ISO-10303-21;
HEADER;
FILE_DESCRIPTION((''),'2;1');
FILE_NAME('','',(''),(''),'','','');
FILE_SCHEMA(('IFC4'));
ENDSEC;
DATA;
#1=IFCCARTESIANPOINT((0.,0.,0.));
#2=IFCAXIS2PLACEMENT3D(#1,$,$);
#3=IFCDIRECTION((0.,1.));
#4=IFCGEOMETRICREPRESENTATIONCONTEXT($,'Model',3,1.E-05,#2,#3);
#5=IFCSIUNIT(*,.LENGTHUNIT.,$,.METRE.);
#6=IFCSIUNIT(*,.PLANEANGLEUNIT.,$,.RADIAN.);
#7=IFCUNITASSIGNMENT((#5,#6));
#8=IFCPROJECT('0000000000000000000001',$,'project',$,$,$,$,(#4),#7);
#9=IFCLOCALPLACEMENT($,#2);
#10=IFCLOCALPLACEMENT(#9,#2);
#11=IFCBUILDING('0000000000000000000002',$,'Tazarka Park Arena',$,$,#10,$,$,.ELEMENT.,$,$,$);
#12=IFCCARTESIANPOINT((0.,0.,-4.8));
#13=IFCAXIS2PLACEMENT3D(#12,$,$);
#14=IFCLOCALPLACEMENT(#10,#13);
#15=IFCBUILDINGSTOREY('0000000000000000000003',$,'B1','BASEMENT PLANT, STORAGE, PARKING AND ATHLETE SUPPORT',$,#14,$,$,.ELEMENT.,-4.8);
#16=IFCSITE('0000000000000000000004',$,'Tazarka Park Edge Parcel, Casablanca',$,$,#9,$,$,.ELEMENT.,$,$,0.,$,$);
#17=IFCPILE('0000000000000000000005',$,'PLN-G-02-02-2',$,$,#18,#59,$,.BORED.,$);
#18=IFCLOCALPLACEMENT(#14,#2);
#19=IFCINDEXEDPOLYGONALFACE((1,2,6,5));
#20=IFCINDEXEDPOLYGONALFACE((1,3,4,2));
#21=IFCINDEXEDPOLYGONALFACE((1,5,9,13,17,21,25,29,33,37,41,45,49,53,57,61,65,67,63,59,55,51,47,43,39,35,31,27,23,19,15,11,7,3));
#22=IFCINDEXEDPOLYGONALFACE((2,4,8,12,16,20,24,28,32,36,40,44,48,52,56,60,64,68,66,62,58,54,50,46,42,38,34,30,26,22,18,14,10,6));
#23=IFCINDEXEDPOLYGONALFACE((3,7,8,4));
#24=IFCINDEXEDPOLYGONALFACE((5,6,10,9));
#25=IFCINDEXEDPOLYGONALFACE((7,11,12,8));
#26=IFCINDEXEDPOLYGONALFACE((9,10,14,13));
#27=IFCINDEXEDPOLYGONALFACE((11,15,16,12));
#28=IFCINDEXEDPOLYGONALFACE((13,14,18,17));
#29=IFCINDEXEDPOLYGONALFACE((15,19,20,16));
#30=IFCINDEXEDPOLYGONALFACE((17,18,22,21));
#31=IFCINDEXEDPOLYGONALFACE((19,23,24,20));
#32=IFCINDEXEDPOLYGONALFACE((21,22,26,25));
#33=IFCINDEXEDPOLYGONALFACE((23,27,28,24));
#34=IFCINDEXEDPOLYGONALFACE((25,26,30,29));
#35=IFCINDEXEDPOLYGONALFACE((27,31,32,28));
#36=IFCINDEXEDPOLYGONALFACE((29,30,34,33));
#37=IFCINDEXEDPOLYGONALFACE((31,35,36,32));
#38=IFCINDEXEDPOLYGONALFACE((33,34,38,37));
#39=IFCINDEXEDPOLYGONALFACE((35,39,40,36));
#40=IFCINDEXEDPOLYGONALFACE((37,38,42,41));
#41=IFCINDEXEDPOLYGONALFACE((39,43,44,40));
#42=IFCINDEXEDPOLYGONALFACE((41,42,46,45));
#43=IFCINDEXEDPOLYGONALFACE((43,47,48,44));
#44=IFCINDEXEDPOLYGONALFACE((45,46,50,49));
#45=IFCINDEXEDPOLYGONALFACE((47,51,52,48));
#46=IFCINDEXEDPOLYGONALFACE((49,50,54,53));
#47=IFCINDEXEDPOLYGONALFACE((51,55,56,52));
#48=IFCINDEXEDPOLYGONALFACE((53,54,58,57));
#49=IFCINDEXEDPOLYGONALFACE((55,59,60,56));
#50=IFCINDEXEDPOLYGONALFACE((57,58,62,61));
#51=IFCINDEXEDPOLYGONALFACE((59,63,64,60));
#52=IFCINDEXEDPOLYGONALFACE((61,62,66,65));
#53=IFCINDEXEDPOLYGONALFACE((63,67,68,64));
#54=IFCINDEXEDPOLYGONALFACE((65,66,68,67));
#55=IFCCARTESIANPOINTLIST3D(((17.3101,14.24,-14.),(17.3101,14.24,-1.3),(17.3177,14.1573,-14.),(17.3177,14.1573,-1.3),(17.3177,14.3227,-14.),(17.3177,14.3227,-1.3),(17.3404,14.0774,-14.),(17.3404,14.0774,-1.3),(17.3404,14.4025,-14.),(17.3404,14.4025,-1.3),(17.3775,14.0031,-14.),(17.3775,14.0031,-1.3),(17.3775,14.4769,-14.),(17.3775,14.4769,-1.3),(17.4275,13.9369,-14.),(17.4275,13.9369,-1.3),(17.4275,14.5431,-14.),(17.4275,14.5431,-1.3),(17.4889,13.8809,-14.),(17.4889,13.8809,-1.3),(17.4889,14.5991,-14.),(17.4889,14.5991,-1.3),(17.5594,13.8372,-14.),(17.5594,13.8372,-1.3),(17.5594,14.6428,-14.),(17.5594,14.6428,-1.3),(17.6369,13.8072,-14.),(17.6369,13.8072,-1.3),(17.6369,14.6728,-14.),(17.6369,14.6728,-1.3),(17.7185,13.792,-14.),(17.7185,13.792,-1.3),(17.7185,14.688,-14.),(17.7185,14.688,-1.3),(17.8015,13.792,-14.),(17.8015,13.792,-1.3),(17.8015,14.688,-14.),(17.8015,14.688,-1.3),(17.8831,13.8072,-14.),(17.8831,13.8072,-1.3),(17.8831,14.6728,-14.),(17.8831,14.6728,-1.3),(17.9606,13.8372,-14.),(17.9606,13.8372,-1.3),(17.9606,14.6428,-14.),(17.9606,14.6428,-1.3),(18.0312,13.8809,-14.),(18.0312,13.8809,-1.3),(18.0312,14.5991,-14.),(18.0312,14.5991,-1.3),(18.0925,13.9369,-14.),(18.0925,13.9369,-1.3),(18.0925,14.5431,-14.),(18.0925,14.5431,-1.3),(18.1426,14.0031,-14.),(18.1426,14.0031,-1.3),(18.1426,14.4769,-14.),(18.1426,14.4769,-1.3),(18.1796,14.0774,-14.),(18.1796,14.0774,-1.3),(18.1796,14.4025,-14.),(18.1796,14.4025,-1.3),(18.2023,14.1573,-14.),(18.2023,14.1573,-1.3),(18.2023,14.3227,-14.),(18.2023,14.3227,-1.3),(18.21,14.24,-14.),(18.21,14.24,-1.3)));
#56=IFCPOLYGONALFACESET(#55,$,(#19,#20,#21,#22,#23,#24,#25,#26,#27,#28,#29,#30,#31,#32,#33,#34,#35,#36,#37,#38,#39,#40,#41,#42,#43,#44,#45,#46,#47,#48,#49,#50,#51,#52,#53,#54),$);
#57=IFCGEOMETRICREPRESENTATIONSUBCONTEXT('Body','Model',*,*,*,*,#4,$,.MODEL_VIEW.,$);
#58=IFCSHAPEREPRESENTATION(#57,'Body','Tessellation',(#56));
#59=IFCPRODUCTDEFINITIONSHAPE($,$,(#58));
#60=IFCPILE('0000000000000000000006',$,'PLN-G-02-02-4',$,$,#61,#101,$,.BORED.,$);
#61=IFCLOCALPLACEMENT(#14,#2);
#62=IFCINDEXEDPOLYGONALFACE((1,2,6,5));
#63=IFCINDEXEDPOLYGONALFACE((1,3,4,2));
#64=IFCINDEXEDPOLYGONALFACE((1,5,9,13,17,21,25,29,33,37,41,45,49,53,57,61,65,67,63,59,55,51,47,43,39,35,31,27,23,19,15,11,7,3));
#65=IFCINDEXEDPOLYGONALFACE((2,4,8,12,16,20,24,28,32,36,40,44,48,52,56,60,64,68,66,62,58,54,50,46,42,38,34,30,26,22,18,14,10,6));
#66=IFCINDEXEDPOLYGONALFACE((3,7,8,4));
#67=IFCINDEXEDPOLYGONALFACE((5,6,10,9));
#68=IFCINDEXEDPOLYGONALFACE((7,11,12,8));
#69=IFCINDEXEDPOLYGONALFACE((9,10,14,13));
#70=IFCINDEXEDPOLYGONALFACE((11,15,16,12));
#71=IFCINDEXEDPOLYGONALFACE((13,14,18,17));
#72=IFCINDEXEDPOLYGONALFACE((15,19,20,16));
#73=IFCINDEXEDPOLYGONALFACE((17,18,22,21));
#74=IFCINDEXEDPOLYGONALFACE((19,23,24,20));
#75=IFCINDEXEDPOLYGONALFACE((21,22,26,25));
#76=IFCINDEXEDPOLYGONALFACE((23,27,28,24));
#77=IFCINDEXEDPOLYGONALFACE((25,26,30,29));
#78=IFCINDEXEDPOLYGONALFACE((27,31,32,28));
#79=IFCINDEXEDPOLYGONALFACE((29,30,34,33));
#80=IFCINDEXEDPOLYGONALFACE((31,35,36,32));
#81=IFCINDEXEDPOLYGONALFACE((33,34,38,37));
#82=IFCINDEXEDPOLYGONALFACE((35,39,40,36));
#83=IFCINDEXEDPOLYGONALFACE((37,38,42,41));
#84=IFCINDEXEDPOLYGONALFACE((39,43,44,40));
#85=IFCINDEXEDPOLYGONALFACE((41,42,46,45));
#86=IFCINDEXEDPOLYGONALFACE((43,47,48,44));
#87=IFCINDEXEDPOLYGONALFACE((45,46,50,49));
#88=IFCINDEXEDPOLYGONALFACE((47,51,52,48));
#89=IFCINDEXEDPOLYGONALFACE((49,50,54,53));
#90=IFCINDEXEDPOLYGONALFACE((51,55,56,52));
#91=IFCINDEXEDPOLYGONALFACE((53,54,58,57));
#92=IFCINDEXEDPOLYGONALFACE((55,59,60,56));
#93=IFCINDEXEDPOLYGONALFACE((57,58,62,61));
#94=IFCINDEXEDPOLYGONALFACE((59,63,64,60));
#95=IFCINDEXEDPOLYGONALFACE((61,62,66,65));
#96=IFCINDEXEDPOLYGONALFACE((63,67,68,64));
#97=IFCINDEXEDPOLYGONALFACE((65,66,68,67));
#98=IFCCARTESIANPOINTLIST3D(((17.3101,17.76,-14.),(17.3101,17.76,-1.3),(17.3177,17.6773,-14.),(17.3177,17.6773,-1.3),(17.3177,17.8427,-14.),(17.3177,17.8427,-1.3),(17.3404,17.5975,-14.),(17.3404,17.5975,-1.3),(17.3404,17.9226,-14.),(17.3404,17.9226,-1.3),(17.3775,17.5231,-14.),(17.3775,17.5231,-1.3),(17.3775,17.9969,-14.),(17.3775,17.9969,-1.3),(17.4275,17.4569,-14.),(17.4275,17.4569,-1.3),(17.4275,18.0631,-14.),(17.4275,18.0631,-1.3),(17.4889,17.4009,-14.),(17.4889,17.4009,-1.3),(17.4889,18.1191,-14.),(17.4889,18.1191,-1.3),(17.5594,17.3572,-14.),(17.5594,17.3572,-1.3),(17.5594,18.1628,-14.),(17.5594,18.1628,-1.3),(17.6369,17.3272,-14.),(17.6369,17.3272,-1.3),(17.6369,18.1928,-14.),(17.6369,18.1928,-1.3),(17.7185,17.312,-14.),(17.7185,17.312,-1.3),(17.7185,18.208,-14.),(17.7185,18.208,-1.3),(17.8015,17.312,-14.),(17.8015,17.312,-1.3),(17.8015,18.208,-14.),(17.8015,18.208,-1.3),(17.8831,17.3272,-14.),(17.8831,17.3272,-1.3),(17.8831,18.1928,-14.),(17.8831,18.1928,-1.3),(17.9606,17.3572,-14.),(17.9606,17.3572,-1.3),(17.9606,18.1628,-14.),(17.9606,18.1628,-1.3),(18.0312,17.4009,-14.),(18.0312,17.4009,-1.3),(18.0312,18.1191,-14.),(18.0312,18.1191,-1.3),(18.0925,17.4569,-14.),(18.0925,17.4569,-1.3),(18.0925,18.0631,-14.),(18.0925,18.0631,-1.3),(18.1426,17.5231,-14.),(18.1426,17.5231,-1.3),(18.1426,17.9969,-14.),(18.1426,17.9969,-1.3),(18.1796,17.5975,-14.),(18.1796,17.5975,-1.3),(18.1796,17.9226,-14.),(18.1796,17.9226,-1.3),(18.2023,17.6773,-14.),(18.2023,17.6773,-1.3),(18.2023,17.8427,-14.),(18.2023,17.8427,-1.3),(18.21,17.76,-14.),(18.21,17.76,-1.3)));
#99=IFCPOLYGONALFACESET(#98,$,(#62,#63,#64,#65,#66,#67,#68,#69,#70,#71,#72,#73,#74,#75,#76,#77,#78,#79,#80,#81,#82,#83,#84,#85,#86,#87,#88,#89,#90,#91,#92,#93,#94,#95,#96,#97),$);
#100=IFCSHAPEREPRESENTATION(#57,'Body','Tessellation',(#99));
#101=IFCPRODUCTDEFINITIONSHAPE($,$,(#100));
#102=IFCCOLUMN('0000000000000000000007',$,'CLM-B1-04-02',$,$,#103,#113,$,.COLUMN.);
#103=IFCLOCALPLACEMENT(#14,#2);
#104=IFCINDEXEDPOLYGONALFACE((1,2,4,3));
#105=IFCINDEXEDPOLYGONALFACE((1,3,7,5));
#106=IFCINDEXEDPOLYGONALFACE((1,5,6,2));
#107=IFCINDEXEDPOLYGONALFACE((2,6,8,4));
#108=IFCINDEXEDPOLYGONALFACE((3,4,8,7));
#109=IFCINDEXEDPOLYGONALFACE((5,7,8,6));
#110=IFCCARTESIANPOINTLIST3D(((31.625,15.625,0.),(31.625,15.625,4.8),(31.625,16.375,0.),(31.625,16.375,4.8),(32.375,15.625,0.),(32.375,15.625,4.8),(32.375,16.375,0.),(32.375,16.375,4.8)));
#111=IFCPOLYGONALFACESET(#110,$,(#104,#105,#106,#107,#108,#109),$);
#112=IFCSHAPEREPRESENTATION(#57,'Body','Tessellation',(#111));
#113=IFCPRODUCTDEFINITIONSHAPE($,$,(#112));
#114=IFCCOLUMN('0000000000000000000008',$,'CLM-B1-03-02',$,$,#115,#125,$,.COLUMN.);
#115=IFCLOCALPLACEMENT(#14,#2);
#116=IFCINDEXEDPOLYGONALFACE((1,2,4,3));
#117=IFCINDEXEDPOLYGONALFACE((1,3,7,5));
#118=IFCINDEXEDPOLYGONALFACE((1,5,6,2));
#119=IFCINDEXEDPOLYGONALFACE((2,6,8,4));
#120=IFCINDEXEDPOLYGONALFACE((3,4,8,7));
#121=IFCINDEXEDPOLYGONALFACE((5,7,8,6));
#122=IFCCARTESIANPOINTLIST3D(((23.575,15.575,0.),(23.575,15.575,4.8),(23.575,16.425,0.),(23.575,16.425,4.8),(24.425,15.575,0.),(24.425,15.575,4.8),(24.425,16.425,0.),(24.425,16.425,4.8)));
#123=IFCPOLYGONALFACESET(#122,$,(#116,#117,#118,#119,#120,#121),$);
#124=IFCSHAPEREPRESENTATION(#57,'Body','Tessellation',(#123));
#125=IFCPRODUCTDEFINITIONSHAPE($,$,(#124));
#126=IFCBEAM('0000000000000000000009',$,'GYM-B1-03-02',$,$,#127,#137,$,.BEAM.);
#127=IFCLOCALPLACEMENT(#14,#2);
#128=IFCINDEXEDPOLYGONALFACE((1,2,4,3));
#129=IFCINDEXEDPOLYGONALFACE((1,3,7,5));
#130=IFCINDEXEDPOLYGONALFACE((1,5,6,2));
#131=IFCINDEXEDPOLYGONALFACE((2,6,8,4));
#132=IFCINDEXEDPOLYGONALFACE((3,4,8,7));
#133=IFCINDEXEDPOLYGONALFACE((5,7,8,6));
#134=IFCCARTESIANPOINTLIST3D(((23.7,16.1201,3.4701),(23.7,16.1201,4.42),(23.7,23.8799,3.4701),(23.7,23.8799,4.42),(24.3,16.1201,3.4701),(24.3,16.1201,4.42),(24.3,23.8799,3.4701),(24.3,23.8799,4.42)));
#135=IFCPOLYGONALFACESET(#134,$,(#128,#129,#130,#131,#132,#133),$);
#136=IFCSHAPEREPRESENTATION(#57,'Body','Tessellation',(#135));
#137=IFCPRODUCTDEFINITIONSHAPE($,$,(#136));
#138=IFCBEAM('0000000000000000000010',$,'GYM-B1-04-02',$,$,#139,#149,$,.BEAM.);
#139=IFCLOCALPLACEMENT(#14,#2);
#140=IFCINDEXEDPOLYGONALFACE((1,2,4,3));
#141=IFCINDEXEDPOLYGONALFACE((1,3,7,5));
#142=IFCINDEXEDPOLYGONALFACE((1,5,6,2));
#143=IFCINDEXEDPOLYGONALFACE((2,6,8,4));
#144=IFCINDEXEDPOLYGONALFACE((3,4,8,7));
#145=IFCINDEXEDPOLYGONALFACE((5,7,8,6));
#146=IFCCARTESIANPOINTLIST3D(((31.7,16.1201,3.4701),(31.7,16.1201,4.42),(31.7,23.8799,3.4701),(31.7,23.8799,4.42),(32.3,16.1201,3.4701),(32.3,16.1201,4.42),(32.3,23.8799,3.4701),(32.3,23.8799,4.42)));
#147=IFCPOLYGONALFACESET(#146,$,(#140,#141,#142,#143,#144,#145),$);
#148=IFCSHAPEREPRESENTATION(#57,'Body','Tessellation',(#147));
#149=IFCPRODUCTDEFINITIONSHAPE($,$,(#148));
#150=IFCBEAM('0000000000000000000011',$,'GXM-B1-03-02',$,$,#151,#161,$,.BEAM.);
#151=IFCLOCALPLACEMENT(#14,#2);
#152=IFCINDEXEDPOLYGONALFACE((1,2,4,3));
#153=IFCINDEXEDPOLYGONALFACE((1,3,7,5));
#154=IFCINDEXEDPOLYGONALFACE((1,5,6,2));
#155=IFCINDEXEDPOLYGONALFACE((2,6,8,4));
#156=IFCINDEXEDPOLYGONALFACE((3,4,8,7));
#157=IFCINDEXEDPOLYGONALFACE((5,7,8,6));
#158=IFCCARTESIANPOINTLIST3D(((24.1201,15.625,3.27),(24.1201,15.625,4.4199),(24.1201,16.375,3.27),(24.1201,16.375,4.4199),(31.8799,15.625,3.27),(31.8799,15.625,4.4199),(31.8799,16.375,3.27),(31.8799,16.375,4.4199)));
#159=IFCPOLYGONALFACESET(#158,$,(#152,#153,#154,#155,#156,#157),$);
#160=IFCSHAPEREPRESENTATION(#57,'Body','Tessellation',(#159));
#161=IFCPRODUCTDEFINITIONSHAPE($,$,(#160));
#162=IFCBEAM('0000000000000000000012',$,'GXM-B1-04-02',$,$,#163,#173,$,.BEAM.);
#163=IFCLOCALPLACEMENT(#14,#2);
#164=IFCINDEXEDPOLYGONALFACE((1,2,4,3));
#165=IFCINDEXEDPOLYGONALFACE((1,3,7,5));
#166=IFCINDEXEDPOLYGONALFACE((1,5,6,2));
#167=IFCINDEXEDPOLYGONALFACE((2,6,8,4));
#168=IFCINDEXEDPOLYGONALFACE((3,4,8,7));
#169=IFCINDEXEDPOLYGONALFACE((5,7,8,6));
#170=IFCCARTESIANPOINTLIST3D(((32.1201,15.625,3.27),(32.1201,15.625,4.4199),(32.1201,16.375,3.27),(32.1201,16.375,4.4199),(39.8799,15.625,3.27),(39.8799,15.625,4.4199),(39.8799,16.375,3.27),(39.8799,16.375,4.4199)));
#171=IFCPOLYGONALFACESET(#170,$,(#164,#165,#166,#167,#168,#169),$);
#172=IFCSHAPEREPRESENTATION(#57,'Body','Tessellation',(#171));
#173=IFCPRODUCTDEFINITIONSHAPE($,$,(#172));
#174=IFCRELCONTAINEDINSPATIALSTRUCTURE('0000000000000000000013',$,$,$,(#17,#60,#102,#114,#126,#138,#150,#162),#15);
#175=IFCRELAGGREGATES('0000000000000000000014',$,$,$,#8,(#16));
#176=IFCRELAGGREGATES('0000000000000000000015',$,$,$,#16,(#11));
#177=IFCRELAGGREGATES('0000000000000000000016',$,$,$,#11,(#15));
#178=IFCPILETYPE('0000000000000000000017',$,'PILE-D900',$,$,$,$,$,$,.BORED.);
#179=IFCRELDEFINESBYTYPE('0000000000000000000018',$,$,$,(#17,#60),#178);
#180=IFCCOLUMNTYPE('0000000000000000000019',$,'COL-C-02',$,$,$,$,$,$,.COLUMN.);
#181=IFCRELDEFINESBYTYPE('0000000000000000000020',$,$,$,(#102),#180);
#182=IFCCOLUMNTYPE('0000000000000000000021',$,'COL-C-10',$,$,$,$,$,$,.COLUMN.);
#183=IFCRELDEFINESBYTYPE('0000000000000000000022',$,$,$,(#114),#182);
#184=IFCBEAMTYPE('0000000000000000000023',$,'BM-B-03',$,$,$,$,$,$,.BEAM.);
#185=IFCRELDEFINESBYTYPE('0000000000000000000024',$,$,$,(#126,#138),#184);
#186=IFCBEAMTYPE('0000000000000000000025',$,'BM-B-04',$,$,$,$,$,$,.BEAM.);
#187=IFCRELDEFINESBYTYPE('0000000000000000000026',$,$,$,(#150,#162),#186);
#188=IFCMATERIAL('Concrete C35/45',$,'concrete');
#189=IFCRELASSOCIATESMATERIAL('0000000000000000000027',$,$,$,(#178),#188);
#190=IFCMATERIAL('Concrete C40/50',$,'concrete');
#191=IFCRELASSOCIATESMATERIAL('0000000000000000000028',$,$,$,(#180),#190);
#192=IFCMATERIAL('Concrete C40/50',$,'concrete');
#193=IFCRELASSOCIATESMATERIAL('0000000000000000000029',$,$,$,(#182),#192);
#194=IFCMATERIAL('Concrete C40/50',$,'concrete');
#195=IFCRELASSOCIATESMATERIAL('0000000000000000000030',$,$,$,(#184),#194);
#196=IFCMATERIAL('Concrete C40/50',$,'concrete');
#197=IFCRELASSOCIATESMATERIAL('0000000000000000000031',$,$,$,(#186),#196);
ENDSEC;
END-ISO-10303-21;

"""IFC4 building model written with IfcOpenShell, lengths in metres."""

from ifc_helpers import new_model, si_unit, direction, frame, origin, origin_2d, place, context, subcontext, project, spatial, rectangle, circle, extrude, material, material_profile, profile_set, type_object, element, save


model = new_model("IFC4")

# Units and contexts
model_context = context("Model", 3, precision=1e-05, world=origin(), true_north=direction((0.0, 1.0)))
body_context = subcontext(model_context, "Body", "Model", "MODEL_VIEW")
ifc_project = project(units=[si_unit("LENGTHUNIT", "METRE"), si_unit("PLANEANGLEUNIT", "RADIAN")], contexts=[model_context])

# Site, building, storey
site_placement = place(None, origin())
site = spatial("IfcSite", under=ifc_project, at=site_placement, Name="Tazarka Park Edge Parcel, Casablanca", CompositionType="ELEMENT", RefElevation=0.0)
building_placement = place(site_placement, origin())
building = spatial("IfcBuilding", under=site, at=building_placement, Name="Tazarka Park Arena", CompositionType="ELEMENT")
storey_placement = place(building_placement, frame((0.0, 0.0, -4.8)))
storey = spatial("IfcBuildingStorey", under=building, at=storey_placement, Name="B1", Description="BASEMENT PLANT, STORAGE, PARKING AND ATHLETE SUPPORT", CompositionType="ELEMENT", Elevation=-4.8)

# Piles
ifc_material_1 = material(Name="Concrete C35/45", Category="concrete")
ifc_material_profile_1 = material_profile(ifc_material_1, circle(Radius=0.45, at=origin_2d()), Name="Concrete C35/45")
ifc_profile_set_1 = profile_set([ifc_material_profile_1], Name="Concrete C35/45")
pile_type_1 = type_object("IfcPileType", Name="PILE-D900", PredefinedType="BORED", material=ifc_profile_set_1)
for number, where, z_axis, x_axis, name in (
    (1, (17.76, 14.24, -1.3), (0.0, 0.0, -1.0), (1.0, 0.0, 0.0), "PLN-G-02-02-2"),
    (2, (17.76, 17.76, -1.3), (0.0, 0.0, -1.0), (1.0, 0.0, 0.0), "PLN-G-02-02-4"),
):
    element("IfcPile", number, at=place(storey_placement, frame(where, z_axis=z_axis, x_axis=x_axis)), inside=storey, type_object=pile_type_1, Name=name, PredefinedType="BORED", context=body_context, shape_type="SweptSolid", body=[
        extrude(circle(Radius=0.45, at=origin_2d()), origin(), (0.0, 0.0, 1.0), 12.7),
    ])

# Columns
ifc_material_2 = material(Name="Concrete C40/50", Category="concrete")
ifc_material_profile_2 = material_profile(ifc_material_2, rectangle(XDim=0.75, YDim=0.75, at=origin_2d()), Name="Concrete C40/50")
ifc_profile_set_2 = profile_set([ifc_material_profile_2], Name="Concrete C40/50")
column_type_1 = type_object("IfcColumnType", Name="COL-C-02", PredefinedType="COLUMN", material=ifc_profile_set_2)
column_1_placement = place(storey_placement, frame((32.0, 16.0, 0.0), z_axis=(0.0, 0.0, 1.0), x_axis=(1.0, 0.0, 0.0)))
element("IfcColumn", 3, at=column_1_placement, inside=storey, type_object=column_type_1, Name="CLM-B1-04-02", PredefinedType="COLUMN", context=body_context, shape_type="SweptSolid", body=[
    extrude(rectangle(XDim=0.75, YDim=0.75, at=origin_2d()), origin(), (0.0, 0.0, 1.0), 4.8),
])
ifc_material_3 = material(Name="Concrete C40/50", Category="concrete")
ifc_material_profile_3 = material_profile(ifc_material_3, rectangle(XDim=0.8501, YDim=0.8501, at=origin_2d()), Name="Concrete C40/50")
ifc_profile_set_3 = profile_set([ifc_material_profile_3], Name="Concrete C40/50")
column_type_2 = type_object("IfcColumnType", Name="COL-C-10", PredefinedType="COLUMN", material=ifc_profile_set_3)
column_2_placement = place(storey_placement, frame((24.0, 16.0, 0.0), z_axis=(0.0, 0.0, 1.0), x_axis=(1.0, 0.0, 0.0)))
element("IfcColumn", 4, at=column_2_placement, inside=storey, type_object=column_type_2, Name="CLM-B1-03-02", PredefinedType="COLUMN", context=body_context, shape_type="SweptSolid", body=[
    extrude(rectangle(XDim=0.8501, YDim=0.8501, at=origin_2d()), origin(), (0.0, 0.0, 1.0), 4.8),
])

# Beams
ifc_material_4 = material(Name="Concrete C40/50", Category="concrete")
ifc_material_profile_4 = material_profile(ifc_material_4, rectangle(XDim=0.6001, YDim=0.95, at=origin_2d()), Name="Concrete C40/50")
ifc_profile_set_4 = profile_set([ifc_material_profile_4], Name="Concrete C40/50")
beam_type_1 = type_object("IfcBeamType", Name="BM-B-03", PredefinedType="BEAM", material=ifc_profile_set_4)
for number, where, z_axis, x_axis, name in (
    (5, (24.0, 16.1201, 3.9451), (0.0, 1.0, 0.0), (-1.0, 0.0, 0.0), "GYM-B1-03-02"),
    (6, (32.0, 16.1201, 3.9451), (0.0, 1.0, 0.0), (-1.0, 0.0, 0.0), "GYM-B1-04-02"),
):
    element("IfcBeam", number, at=place(storey_placement, frame(where, z_axis=z_axis, x_axis=x_axis)), inside=storey, type_object=beam_type_1, Name=name, PredefinedType="BEAM", context=body_context, shape_type="SweptSolid", body=[
        extrude(rectangle(XDim=0.6001, YDim=0.95, at=origin_2d()), origin(), (0.0, 0.0, 1.0), 7.7598),
    ])
ifc_material_5 = material(Name="Concrete C40/50", Category="concrete")
ifc_material_profile_5 = material_profile(ifc_material_5, rectangle(XDim=0.75, YDim=1.1499, at=origin_2d()), Name="Concrete C40/50")
ifc_profile_set_5 = profile_set([ifc_material_profile_5], Name="Concrete C40/50")
beam_type_2 = type_object("IfcBeamType", Name="BM-B-04", PredefinedType="BEAM", material=ifc_profile_set_5)
for number, where, z_axis, x_axis, name in (
    (7, (24.1201, 16.0, 3.845), (1.0, 0.0, 0.0), (0.0, 1.0, 0.0), "GXM-B1-03-02"),
    (8, (32.1201, 16.0, 3.845), (1.0, 0.0, 0.0), (0.0, 1.0, 0.0), "GXM-B1-04-02"),
):
    element("IfcBeam", number, at=place(storey_placement, frame(where, z_axis=z_axis, x_axis=x_axis)), inside=storey, type_object=beam_type_2, Name=name, PredefinedType="BEAM", context=body_context, shape_type="SweptSolid", body=[
        extrude(rectangle(XDim=0.75, YDim=1.1499, at=origin_2d()), origin(), (0.0, 0.0, 1.0), 7.7598),
    ])

save(model, "model.ifc")
